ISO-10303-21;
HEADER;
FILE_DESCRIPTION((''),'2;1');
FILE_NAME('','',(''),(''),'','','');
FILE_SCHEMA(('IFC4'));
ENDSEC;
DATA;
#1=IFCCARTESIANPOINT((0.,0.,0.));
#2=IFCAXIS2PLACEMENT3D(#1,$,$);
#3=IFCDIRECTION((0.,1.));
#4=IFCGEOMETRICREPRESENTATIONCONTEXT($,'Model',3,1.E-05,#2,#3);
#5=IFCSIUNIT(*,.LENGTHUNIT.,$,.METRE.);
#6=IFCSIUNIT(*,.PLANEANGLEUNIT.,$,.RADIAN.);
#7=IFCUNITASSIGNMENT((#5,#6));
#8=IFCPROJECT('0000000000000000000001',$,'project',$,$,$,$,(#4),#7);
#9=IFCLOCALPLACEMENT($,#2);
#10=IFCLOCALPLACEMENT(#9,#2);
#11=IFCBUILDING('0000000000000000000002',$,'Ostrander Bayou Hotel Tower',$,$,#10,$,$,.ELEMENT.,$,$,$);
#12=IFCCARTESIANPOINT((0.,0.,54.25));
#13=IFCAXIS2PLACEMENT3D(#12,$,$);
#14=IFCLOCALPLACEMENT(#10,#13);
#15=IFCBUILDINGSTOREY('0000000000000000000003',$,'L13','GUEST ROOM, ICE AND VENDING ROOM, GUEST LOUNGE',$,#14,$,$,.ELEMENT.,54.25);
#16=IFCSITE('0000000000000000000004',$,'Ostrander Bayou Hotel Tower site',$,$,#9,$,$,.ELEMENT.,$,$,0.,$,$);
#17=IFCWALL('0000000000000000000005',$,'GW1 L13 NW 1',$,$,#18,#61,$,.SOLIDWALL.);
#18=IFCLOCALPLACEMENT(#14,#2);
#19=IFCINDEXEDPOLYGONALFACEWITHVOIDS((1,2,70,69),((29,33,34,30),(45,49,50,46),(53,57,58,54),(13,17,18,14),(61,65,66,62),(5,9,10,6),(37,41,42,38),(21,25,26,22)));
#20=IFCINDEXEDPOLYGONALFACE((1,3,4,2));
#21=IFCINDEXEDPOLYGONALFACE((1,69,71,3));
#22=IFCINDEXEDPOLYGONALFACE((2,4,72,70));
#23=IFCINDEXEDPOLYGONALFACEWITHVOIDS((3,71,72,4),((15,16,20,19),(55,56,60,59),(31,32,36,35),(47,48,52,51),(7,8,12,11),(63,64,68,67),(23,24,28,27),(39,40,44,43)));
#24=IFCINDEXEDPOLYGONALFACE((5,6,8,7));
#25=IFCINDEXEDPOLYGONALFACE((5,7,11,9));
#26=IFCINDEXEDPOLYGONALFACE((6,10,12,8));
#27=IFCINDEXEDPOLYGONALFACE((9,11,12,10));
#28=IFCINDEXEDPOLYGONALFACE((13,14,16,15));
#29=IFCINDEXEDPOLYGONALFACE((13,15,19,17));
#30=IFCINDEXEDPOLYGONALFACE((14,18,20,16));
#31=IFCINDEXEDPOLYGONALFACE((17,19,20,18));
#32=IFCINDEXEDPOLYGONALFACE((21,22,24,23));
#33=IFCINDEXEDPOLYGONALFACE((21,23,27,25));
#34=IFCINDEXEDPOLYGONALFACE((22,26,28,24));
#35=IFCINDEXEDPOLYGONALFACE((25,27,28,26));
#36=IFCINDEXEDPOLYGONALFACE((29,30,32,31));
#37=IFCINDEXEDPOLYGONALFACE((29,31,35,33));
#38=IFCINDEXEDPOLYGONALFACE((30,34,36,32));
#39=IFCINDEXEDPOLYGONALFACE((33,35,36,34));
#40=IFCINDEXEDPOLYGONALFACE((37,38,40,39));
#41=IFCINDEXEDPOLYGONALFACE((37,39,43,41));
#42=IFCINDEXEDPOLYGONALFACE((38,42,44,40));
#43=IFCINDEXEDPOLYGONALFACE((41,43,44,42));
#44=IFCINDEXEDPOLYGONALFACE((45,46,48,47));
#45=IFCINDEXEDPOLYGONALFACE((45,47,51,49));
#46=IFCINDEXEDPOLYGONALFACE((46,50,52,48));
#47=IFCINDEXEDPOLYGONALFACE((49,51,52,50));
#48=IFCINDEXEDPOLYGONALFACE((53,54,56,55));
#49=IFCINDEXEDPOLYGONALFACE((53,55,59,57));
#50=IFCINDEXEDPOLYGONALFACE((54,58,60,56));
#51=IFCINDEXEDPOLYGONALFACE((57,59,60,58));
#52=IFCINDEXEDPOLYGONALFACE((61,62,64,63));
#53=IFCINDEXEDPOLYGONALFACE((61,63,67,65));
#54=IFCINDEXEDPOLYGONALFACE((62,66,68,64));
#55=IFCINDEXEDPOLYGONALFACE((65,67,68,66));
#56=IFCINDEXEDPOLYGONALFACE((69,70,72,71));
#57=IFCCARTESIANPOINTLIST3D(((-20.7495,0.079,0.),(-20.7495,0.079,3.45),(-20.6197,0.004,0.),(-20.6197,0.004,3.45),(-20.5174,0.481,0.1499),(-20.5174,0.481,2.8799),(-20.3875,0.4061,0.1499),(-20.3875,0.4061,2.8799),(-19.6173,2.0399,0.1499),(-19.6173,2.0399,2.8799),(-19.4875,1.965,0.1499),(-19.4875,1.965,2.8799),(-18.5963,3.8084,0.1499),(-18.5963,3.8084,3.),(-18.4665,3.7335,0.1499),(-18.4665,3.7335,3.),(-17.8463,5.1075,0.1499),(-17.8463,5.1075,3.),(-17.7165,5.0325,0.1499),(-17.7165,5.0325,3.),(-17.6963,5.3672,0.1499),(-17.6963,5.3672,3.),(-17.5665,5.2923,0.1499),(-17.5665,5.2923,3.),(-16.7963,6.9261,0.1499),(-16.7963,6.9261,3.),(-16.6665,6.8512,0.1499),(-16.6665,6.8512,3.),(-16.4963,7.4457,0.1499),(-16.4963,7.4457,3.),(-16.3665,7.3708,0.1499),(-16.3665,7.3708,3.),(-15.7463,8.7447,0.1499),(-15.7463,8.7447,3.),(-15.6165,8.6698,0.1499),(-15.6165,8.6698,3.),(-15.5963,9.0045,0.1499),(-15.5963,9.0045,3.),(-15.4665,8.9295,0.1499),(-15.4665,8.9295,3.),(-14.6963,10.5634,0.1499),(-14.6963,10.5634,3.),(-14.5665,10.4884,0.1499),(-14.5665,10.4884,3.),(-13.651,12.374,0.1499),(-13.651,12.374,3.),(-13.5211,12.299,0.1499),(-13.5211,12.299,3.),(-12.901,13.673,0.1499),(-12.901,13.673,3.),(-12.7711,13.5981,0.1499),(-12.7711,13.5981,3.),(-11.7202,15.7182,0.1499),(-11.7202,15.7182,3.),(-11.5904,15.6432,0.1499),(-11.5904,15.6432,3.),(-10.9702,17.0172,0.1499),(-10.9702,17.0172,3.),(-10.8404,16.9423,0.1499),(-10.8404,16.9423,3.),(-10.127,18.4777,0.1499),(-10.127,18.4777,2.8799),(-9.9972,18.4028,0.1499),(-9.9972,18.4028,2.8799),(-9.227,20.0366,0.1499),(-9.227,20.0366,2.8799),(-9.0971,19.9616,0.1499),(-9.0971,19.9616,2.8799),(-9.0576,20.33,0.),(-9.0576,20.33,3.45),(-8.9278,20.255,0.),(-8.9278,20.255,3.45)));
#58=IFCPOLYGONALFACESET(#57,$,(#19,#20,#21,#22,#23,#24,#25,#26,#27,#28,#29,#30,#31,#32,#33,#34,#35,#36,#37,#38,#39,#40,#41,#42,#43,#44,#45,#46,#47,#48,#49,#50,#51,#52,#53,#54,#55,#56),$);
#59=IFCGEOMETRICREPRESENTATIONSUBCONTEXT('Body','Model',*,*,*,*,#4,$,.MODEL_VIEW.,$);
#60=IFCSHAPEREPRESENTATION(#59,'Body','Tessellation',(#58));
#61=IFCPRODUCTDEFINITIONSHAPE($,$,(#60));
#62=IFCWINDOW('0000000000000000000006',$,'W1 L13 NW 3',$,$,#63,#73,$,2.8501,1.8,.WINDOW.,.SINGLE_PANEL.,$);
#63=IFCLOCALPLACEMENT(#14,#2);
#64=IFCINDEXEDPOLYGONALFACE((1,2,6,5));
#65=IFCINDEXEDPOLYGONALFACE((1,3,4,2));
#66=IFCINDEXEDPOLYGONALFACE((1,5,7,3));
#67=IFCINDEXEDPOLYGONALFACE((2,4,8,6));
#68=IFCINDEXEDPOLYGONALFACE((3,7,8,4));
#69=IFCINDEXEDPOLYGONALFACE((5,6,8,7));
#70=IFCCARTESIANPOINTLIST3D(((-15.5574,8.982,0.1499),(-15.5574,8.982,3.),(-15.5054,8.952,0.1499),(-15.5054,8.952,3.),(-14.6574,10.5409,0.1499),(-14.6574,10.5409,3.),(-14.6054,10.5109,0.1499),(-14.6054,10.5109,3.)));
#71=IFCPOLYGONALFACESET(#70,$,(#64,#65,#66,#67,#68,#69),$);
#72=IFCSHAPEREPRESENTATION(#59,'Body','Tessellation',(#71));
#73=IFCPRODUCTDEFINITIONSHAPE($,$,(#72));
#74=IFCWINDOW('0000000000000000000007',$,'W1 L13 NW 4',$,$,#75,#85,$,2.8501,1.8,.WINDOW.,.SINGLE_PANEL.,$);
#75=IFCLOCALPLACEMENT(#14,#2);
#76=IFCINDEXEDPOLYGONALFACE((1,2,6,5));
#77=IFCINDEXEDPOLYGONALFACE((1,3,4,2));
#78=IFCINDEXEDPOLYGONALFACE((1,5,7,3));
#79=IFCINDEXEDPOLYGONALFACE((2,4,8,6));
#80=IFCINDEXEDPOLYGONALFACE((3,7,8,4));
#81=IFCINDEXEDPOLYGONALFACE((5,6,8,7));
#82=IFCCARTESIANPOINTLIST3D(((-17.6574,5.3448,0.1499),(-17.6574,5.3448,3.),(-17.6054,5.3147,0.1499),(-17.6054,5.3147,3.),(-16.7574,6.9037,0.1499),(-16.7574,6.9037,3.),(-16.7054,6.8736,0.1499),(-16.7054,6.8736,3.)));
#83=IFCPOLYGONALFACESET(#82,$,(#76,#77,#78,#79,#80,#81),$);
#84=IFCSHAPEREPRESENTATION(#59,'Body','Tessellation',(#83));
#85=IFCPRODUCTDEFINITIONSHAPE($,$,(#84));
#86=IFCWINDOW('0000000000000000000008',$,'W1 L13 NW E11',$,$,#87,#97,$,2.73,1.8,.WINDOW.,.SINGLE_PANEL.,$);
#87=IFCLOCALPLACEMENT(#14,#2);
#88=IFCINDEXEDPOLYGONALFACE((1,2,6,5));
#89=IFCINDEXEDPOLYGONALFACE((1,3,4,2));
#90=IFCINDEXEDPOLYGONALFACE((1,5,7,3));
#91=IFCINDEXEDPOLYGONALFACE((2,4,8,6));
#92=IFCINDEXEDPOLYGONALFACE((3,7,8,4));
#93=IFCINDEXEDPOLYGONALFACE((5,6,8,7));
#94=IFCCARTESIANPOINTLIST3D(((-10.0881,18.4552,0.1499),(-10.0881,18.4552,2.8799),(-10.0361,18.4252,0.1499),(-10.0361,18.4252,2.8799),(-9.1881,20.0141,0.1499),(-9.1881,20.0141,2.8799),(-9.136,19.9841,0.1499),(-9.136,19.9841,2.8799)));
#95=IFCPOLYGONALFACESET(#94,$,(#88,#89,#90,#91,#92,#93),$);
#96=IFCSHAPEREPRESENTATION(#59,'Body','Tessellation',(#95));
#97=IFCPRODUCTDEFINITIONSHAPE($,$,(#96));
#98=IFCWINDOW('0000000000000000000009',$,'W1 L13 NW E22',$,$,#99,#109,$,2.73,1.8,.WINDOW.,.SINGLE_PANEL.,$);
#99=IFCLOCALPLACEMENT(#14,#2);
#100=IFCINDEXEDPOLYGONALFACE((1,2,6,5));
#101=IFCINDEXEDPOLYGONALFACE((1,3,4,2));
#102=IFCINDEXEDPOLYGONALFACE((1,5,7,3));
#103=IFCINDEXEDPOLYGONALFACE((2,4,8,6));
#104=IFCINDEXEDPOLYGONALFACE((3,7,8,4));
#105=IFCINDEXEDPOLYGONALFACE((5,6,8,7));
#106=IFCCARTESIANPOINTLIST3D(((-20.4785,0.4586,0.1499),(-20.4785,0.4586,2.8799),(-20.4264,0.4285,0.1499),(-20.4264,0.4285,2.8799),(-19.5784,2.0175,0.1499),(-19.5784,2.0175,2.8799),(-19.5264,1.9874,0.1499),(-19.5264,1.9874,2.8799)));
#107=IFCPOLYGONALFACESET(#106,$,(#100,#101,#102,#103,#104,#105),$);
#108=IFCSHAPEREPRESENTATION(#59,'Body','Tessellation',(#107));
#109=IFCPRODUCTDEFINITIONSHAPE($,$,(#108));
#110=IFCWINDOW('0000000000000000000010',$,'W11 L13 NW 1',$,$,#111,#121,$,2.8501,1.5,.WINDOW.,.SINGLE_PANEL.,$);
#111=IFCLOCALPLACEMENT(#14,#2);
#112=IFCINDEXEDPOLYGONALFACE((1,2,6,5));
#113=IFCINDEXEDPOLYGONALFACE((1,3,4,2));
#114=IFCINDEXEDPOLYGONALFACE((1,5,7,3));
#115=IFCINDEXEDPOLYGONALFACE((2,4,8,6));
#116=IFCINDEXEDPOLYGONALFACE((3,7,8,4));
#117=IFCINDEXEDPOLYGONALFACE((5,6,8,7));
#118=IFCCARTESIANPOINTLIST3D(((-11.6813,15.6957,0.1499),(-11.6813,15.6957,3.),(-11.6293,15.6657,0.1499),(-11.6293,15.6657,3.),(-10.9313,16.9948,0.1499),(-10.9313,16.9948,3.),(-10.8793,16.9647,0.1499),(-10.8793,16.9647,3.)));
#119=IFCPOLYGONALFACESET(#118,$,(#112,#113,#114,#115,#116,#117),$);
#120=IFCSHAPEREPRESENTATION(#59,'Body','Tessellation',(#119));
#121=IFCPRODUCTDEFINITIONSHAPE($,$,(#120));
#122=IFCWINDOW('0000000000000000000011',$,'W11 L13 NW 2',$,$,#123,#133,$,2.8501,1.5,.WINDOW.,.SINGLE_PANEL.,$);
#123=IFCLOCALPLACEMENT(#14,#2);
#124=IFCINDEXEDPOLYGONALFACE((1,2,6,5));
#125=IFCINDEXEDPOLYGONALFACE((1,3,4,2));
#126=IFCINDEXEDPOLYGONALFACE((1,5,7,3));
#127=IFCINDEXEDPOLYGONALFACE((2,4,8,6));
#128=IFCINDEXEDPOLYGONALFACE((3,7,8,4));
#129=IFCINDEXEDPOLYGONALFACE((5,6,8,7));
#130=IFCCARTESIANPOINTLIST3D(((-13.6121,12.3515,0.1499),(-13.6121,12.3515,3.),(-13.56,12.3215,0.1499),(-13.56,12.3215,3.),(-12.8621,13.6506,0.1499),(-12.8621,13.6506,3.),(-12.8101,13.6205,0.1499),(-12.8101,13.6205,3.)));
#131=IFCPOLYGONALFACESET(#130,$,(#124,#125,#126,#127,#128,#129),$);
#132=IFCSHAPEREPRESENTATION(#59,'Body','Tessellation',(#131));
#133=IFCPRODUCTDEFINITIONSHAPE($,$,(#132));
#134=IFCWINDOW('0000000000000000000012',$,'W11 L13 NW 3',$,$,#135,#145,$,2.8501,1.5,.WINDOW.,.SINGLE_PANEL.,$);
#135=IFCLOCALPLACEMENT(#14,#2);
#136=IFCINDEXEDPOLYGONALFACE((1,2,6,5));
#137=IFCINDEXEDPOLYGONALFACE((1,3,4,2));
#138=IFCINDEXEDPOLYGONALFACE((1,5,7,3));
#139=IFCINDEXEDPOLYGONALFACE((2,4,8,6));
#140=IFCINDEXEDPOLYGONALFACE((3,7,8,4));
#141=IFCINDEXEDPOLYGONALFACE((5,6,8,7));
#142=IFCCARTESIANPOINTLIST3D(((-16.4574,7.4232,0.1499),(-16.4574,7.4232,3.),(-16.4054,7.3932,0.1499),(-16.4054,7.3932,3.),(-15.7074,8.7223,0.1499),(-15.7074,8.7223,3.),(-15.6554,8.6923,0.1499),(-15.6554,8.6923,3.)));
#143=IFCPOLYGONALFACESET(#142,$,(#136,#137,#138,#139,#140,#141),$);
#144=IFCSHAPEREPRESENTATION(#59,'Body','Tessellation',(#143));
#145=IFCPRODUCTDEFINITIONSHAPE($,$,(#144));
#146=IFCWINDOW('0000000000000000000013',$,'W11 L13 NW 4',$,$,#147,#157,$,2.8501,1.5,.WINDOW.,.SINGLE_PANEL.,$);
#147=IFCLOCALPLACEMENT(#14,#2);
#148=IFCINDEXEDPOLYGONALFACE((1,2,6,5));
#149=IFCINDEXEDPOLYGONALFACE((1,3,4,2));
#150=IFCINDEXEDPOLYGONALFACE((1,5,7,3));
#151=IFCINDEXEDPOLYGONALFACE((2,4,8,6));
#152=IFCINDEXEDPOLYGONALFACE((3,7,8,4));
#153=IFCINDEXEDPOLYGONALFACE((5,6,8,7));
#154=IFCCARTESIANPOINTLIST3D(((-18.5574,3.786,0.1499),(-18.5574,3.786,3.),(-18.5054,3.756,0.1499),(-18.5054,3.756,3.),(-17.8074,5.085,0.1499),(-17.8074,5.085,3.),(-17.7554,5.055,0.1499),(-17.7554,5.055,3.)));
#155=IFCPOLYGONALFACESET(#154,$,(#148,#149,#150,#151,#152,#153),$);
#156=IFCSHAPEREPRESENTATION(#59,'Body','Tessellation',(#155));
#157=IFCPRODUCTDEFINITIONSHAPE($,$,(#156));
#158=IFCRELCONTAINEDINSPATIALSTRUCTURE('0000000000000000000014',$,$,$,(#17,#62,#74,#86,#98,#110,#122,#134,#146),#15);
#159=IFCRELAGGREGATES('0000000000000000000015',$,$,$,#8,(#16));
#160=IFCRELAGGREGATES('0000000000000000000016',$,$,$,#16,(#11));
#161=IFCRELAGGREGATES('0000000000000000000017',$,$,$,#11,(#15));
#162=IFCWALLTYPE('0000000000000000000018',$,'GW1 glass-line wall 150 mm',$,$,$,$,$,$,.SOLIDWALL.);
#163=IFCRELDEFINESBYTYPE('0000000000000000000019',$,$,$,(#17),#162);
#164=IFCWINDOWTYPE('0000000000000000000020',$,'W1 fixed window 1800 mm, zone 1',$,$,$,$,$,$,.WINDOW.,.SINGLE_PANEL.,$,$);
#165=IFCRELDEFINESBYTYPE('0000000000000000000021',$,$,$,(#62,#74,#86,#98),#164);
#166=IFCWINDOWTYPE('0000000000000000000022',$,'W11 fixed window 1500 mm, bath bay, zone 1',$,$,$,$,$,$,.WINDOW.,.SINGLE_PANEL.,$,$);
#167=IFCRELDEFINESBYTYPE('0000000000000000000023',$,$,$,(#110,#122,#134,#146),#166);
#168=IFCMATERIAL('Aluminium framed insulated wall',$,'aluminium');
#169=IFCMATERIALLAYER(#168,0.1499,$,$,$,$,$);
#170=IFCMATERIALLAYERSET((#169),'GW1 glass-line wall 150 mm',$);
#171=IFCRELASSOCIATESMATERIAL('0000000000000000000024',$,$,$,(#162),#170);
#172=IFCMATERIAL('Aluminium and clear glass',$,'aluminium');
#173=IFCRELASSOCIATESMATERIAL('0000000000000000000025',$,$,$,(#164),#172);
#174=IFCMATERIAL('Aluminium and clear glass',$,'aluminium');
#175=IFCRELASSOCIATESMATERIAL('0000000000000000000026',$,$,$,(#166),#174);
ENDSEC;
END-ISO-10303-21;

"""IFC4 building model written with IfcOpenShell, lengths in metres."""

from ifc_helpers import new_model, si_unit, direction, frame, frame_2d, origin, place, context, subcontext, project, spatial, rectangle, extrude, material, layer, layer_set, type_object, element, fill, save


model = new_model("IFC4")

# Units and contexts
model_context = context("Model", 3, precision=1e-05, world=origin(), true_north=direction((0.0, 1.0)))
body_context = subcontext(model_context, "Body", "Model", "MODEL_VIEW")
ifc_project = project(units=[si_unit("LENGTHUNIT", "METRE"), si_unit("PLANEANGLEUNIT", "RADIAN")], contexts=[model_context])

# Site, building, storey
site_placement = place(None, origin())
site = spatial("IfcSite", under=ifc_project, at=site_placement, Name="Ostrander Bayou Hotel Tower site", CompositionType="ELEMENT", RefElevation=0.0)
building_placement = place(site_placement, origin())
building = spatial("IfcBuilding", under=site, at=building_placement, Name="Ostrander Bayou Hotel Tower", CompositionType="ELEMENT")
storey_placement = place(building_placement, frame((0.0, 0.0, 54.25)))
storey = spatial("IfcBuildingStorey", under=building, at=storey_placement, Name="L13", Description="GUEST ROOM, ICE AND VENDING ROOM, GUEST LOUNGE", CompositionType="ELEMENT", Elevation=54.25)

# Wall, openings, windows
ifc_material_1 = material(Name="Aluminium framed insulated wall", Category="aluminium")
ifc_layer_1 = layer(ifc_material_1, 0.1499)
ifc_layer_set_1 = layer_set([ifc_layer_1], Name="GW1 glass-line wall 150 mm")
wall_type_1 = type_object("IfcWallType", Name="GW1 glass-line wall 150 mm", PredefinedType="SOLIDWALL", material=ifc_layer_set_1)
wall_1_placement = place(storey_placement, frame((-8.9927, 20.2925, 0.0), z_axis=(0.0, 0.0, 1.0), x_axis=(-0.5, -0.866026, 0.0)))
wall_1 = element("IfcWall", 1, at=wall_1_placement, inside=storey, type_object=wall_type_1, Name="GW1 L13 NW 1", PredefinedType="SOLIDWALL", context=body_context, shape_type="SweptSolid", body=[
    extrude(rectangle(XDim=23.3838, YDim=0.1499, at=frame_2d((11.6919, 0.0))), origin(), (0.0, 0.0, 1.0), 3.45),
])
opening_1_placement = place(wall_1_placement, frame((3.8252, 0.0, 0.1499)))
opening_1 = element("IfcOpeningElement", 2, at=opening_1_placement, cuts=wall_1, PredefinedType="OPENING", context=body_context, shape_type="SweptSolid", body=[
    extrude(rectangle(XDim=1.5, YDim=2.8501, at=frame_2d((0.75, 1.425))), frame((0.0, 0.075, 0.0), z_axis=(0.0, -1.0, 0.0), x_axis=(1.0, 0.0, 0.0)), (0.0, 0.0, 1.0), 0.1499),
])
opening_2_placement = place(wall_1_placement, frame((7.6868, 0.0, 0.1499)))
opening_2 = element("IfcOpeningElement", 3, at=opening_2_placement, cuts=wall_1, PredefinedType="OPENING", context=body_context, shape_type="SweptSolid", body=[
    extrude(rectangle(XDim=1.5, YDim=2.8501, at=frame_2d((0.75, 1.425))), frame((0.0, 0.075, 0.0), z_axis=(0.0, -1.0, 0.0), x_axis=(1.0, 0.0, 0.0)), (0.0, 0.0, 1.0), 0.1499),
])
opening_3_placement = place(wall_1_placement, frame((11.2776, 0.0, 0.1499)))
opening_3 = element("IfcOpeningElement", 4, at=opening_3_placement, cuts=wall_1, PredefinedType="OPENING", context=body_context, shape_type="SweptSolid", body=[
    extrude(rectangle(XDim=1.8, YDim=2.8501, at=frame_2d((0.8999, 1.425))), frame((0.0, 0.075, 0.0), z_axis=(0.0, -1.0, 0.0), x_axis=(1.0, 0.0, 0.0)), (0.0, 0.0, 1.0), 0.1499),
])
opening_4_placement = place(wall_1_placement, frame((13.3774, 0.0, 0.1499)))
opening_4 = element("IfcOpeningElement", 5, at=opening_4_placement, cuts=wall_1, PredefinedType="OPENING", context=body_context, shape_type="SweptSolid", body=[
    extrude(rectangle(XDim=1.5, YDim=2.8501, at=frame_2d((0.75, 1.425))), frame((0.0, 0.075, 0.0), z_axis=(0.0, -1.0, 0.0), x_axis=(1.0, 0.0, 0.0)), (0.0, 0.0, 1.0), 0.1499),
])
opening_5_placement = place(wall_1_placement, frame((15.4775, 0.0, 0.1499)))
opening_5 = element("IfcOpeningElement", 6, at=opening_5_placement, cuts=wall_1, PredefinedType="OPENING", context=body_context, shape_type="SweptSolid", body=[
    extrude(rectangle(XDim=1.8, YDim=2.8501, at=frame_2d((0.8999, 1.425))), frame((0.0, 0.075, 0.0), z_axis=(0.0, -1.0, 0.0), x_axis=(1.0, 0.0, 0.0)), (0.0, 0.0, 1.0), 0.1499),
])
opening_6_placement = place(wall_1_placement, frame((17.5774, 0.0, 0.1499)))
opening_6 = element("IfcOpeningElement", 7, at=opening_6_placement, cuts=wall_1, PredefinedType="OPENING", context=body_context, shape_type="SweptSolid", body=[
    extrude(rectangle(XDim=1.5, YDim=2.8501, at=frame_2d((0.75, 1.425))), frame((0.0, 0.075, 0.0), z_axis=(0.0, -1.0, 0.0), x_axis=(1.0, 0.0, 0.0)), (0.0, 0.0, 1.0), 0.1499),
])
opening_7_placement = place(wall_1_placement, frame((0.3389, 0.0, 0.1499)))
opening_7 = element("IfcOpeningElement", 8, at=opening_7_placement, cuts=wall_1, PredefinedType="OPENING", context=body_context, shape_type="SweptSolid", body=[
    extrude(rectangle(XDim=1.8, YDim=2.73, at=frame_2d((0.8999, 1.365))), frame((0.0, 0.075, 0.0), z_axis=(0.0, -1.0, 0.0), x_axis=(1.0, 0.0, 0.0)), (0.0, 0.0, 1.0), 0.1499),
])
opening_8_placement = place(wall_1_placement, frame((21.1196, 0.0, 0.1499)))
opening_8 = element("IfcOpeningElement", 9, at=opening_8_placement, cuts=wall_1, PredefinedType="OPENING", context=body_context, shape_type="SweptSolid", body=[
    extrude(rectangle(XDim=1.8, YDim=2.73, at=frame_2d((0.8999, 1.365))), frame((0.0, 0.075, 0.0), z_axis=(0.0, -1.0, 0.0), x_axis=(1.0, 0.0, 0.0)), (0.0, 0.0, 1.0), 0.1499),
])
ifc_material_2 = material(Name="Aluminium and clear glass", Category="aluminium")
window_type_1 = type_object("IfcWindowType", Name="W1 fixed window 1800 mm, zone 1", PartitioningType="SINGLE_PANEL", PredefinedType="WINDOW", material=ifc_material_2)
window_1_placement = place(opening_3_placement, origin())
window_1 = element("IfcWindow", 10, at=window_1_placement, inside=storey, type_object=window_type_1, Name="W1 L13 NW 3", OverallHeight=2.8501, OverallWidth=1.8, PartitioningType="SINGLE_PANEL", PredefinedType="WINDOW", context=body_context, shape_type="SweptSolid", body=[
    extrude(rectangle(XDim=1.8, YDim=2.8501, at=frame_2d((0.8999, 1.425))), frame((0.0, 0.03, 0.0), z_axis=(0.0, -1.0, 0.0), x_axis=(1.0, 0.0, 0.0)), (0.0, 0.0, 1.0), 0.0601),
])
fill(opening_3, window_1)
window_2_placement = place(opening_5_placement, origin())
window_2 = element("IfcWindow", 11, at=window_2_placement, inside=storey, type_object=window_type_1, Name="W1 L13 NW 4", OverallHeight=2.8501, OverallWidth=1.8, PartitioningType="SINGLE_PANEL", PredefinedType="WINDOW", context=body_context, shape_type="SweptSolid", body=[
    extrude(rectangle(XDim=1.8, YDim=2.8501, at=frame_2d((0.8999, 1.425))), frame((0.0, 0.03, 0.0), z_axis=(0.0, -1.0, 0.0), x_axis=(1.0, 0.0, 0.0)), (0.0, 0.0, 1.0), 0.0601),
])
fill(opening_5, window_2)
window_3_placement = place(opening_7_placement, origin())
window_3 = element("IfcWindow", 12, at=window_3_placement, inside=storey, type_object=window_type_1, Name="W1 L13 NW E11", OverallHeight=2.73, OverallWidth=1.8, PartitioningType="SINGLE_PANEL", PredefinedType="WINDOW", context=body_context, shape_type="SweptSolid", body=[
    extrude(rectangle(XDim=1.8, YDim=2.73, at=frame_2d((0.8999, 1.365))), frame((0.0, 0.03, 0.0), z_axis=(0.0, -1.0, 0.0), x_axis=(1.0, 0.0, 0.0)), (0.0, 0.0, 1.0), 0.0601),
])
fill(opening_7, window_3)
window_4_placement = place(opening_8_placement, origin())
window_4 = element("IfcWindow", 13, at=window_4_placement, inside=storey, type_object=window_type_1, Name="W1 L13 NW E22", OverallHeight=2.73, OverallWidth=1.8, PartitioningType="SINGLE_PANEL", PredefinedType="WINDOW", context=body_context, shape_type="SweptSolid", body=[
    extrude(rectangle(XDim=1.8, YDim=2.73, at=frame_2d((0.8999, 1.365))), frame((0.0, 0.03, 0.0), z_axis=(0.0, -1.0, 0.0), x_axis=(1.0, 0.0, 0.0)), (0.0, 0.0, 1.0), 0.0601),
])
fill(opening_8, window_4)
ifc_material_3 = material(Name="Aluminium and clear glass", Category="aluminium")
window_type_2 = type_object("IfcWindowType", Name="W11 fixed window 1500 mm, bath bay, zone 1", PartitioningType="SINGLE_PANEL", PredefinedType="WINDOW", material=ifc_material_3)
window_5_placement = place(opening_1_placement, origin())
window_5 = element("IfcWindow", 14, at=window_5_placement, inside=storey, type_object=window_type_2, Name="W11 L13 NW 1", OverallHeight=2.8501, OverallWidth=1.5, PartitioningType="SINGLE_PANEL", PredefinedType="WINDOW", context=body_context, shape_type="SweptSolid", body=[
    extrude(rectangle(XDim=1.5, YDim=2.8501, at=frame_2d((0.75, 1.425))), frame((0.0, 0.03, 0.0), z_axis=(0.0, -1.0, 0.0), x_axis=(1.0, 0.0, 0.0)), (0.0, 0.0, 1.0), 0.0601),
])
fill(opening_1, window_5)
window_6_placement = place(opening_2_placement, origin())
window_6 = element("IfcWindow", 15, at=window_6_placement, inside=storey, type_object=window_type_2, Name="W11 L13 NW 2", OverallHeight=2.8501, OverallWidth=1.5, PartitioningType="SINGLE_PANEL", PredefinedType="WINDOW", context=body_context, shape_type="SweptSolid", body=[
    extrude(rectangle(XDim=1.5, YDim=2.8501, at=frame_2d((0.75, 1.425))), frame((0.0, 0.03, 0.0), z_axis=(0.0, -1.0, 0.0), x_axis=(1.0, 0.0, 0.0)), (0.0, 0.0, 1.0), 0.0601),
])
fill(opening_2, window_6)
window_7_placement = place(opening_4_placement, origin())
window_7 = element("IfcWindow", 16, at=window_7_placement, inside=storey, type_object=window_type_2, Name="W11 L13 NW 3", OverallHeight=2.8501, OverallWidth=1.5, PartitioningType="SINGLE_PANEL", PredefinedType="WINDOW", context=body_context, shape_type="SweptSolid", body=[
    extrude(rectangle(XDim=1.5, YDim=2.8501, at=frame_2d((0.75, 1.425))), frame((0.0, 0.03, 0.0), z_axis=(0.0, -1.0, 0.0), x_axis=(1.0, 0.0, 0.0)), (0.0, 0.0, 1.0), 0.0601),
])
fill(opening_4, window_7)
window_8_placement = place(opening_6_placement, origin())
window_8 = element("IfcWindow", 17, at=window_8_placement, inside=storey, type_object=window_type_2, Name="W11 L13 NW 4", OverallHeight=2.8501, OverallWidth=1.5, PartitioningType="SINGLE_PANEL", PredefinedType="WINDOW", context=body_context, shape_type="SweptSolid", body=[
    extrude(rectangle(XDim=1.5, YDim=2.8501, at=frame_2d((0.75, 1.425))), frame((0.0, 0.03, 0.0), z_axis=(0.0, -1.0, 0.0), x_axis=(1.0, 0.0, 0.0)), (0.0, 0.0, 1.0), 0.0601),
])
fill(opening_6, window_8)

save(model, "model.ifc")
